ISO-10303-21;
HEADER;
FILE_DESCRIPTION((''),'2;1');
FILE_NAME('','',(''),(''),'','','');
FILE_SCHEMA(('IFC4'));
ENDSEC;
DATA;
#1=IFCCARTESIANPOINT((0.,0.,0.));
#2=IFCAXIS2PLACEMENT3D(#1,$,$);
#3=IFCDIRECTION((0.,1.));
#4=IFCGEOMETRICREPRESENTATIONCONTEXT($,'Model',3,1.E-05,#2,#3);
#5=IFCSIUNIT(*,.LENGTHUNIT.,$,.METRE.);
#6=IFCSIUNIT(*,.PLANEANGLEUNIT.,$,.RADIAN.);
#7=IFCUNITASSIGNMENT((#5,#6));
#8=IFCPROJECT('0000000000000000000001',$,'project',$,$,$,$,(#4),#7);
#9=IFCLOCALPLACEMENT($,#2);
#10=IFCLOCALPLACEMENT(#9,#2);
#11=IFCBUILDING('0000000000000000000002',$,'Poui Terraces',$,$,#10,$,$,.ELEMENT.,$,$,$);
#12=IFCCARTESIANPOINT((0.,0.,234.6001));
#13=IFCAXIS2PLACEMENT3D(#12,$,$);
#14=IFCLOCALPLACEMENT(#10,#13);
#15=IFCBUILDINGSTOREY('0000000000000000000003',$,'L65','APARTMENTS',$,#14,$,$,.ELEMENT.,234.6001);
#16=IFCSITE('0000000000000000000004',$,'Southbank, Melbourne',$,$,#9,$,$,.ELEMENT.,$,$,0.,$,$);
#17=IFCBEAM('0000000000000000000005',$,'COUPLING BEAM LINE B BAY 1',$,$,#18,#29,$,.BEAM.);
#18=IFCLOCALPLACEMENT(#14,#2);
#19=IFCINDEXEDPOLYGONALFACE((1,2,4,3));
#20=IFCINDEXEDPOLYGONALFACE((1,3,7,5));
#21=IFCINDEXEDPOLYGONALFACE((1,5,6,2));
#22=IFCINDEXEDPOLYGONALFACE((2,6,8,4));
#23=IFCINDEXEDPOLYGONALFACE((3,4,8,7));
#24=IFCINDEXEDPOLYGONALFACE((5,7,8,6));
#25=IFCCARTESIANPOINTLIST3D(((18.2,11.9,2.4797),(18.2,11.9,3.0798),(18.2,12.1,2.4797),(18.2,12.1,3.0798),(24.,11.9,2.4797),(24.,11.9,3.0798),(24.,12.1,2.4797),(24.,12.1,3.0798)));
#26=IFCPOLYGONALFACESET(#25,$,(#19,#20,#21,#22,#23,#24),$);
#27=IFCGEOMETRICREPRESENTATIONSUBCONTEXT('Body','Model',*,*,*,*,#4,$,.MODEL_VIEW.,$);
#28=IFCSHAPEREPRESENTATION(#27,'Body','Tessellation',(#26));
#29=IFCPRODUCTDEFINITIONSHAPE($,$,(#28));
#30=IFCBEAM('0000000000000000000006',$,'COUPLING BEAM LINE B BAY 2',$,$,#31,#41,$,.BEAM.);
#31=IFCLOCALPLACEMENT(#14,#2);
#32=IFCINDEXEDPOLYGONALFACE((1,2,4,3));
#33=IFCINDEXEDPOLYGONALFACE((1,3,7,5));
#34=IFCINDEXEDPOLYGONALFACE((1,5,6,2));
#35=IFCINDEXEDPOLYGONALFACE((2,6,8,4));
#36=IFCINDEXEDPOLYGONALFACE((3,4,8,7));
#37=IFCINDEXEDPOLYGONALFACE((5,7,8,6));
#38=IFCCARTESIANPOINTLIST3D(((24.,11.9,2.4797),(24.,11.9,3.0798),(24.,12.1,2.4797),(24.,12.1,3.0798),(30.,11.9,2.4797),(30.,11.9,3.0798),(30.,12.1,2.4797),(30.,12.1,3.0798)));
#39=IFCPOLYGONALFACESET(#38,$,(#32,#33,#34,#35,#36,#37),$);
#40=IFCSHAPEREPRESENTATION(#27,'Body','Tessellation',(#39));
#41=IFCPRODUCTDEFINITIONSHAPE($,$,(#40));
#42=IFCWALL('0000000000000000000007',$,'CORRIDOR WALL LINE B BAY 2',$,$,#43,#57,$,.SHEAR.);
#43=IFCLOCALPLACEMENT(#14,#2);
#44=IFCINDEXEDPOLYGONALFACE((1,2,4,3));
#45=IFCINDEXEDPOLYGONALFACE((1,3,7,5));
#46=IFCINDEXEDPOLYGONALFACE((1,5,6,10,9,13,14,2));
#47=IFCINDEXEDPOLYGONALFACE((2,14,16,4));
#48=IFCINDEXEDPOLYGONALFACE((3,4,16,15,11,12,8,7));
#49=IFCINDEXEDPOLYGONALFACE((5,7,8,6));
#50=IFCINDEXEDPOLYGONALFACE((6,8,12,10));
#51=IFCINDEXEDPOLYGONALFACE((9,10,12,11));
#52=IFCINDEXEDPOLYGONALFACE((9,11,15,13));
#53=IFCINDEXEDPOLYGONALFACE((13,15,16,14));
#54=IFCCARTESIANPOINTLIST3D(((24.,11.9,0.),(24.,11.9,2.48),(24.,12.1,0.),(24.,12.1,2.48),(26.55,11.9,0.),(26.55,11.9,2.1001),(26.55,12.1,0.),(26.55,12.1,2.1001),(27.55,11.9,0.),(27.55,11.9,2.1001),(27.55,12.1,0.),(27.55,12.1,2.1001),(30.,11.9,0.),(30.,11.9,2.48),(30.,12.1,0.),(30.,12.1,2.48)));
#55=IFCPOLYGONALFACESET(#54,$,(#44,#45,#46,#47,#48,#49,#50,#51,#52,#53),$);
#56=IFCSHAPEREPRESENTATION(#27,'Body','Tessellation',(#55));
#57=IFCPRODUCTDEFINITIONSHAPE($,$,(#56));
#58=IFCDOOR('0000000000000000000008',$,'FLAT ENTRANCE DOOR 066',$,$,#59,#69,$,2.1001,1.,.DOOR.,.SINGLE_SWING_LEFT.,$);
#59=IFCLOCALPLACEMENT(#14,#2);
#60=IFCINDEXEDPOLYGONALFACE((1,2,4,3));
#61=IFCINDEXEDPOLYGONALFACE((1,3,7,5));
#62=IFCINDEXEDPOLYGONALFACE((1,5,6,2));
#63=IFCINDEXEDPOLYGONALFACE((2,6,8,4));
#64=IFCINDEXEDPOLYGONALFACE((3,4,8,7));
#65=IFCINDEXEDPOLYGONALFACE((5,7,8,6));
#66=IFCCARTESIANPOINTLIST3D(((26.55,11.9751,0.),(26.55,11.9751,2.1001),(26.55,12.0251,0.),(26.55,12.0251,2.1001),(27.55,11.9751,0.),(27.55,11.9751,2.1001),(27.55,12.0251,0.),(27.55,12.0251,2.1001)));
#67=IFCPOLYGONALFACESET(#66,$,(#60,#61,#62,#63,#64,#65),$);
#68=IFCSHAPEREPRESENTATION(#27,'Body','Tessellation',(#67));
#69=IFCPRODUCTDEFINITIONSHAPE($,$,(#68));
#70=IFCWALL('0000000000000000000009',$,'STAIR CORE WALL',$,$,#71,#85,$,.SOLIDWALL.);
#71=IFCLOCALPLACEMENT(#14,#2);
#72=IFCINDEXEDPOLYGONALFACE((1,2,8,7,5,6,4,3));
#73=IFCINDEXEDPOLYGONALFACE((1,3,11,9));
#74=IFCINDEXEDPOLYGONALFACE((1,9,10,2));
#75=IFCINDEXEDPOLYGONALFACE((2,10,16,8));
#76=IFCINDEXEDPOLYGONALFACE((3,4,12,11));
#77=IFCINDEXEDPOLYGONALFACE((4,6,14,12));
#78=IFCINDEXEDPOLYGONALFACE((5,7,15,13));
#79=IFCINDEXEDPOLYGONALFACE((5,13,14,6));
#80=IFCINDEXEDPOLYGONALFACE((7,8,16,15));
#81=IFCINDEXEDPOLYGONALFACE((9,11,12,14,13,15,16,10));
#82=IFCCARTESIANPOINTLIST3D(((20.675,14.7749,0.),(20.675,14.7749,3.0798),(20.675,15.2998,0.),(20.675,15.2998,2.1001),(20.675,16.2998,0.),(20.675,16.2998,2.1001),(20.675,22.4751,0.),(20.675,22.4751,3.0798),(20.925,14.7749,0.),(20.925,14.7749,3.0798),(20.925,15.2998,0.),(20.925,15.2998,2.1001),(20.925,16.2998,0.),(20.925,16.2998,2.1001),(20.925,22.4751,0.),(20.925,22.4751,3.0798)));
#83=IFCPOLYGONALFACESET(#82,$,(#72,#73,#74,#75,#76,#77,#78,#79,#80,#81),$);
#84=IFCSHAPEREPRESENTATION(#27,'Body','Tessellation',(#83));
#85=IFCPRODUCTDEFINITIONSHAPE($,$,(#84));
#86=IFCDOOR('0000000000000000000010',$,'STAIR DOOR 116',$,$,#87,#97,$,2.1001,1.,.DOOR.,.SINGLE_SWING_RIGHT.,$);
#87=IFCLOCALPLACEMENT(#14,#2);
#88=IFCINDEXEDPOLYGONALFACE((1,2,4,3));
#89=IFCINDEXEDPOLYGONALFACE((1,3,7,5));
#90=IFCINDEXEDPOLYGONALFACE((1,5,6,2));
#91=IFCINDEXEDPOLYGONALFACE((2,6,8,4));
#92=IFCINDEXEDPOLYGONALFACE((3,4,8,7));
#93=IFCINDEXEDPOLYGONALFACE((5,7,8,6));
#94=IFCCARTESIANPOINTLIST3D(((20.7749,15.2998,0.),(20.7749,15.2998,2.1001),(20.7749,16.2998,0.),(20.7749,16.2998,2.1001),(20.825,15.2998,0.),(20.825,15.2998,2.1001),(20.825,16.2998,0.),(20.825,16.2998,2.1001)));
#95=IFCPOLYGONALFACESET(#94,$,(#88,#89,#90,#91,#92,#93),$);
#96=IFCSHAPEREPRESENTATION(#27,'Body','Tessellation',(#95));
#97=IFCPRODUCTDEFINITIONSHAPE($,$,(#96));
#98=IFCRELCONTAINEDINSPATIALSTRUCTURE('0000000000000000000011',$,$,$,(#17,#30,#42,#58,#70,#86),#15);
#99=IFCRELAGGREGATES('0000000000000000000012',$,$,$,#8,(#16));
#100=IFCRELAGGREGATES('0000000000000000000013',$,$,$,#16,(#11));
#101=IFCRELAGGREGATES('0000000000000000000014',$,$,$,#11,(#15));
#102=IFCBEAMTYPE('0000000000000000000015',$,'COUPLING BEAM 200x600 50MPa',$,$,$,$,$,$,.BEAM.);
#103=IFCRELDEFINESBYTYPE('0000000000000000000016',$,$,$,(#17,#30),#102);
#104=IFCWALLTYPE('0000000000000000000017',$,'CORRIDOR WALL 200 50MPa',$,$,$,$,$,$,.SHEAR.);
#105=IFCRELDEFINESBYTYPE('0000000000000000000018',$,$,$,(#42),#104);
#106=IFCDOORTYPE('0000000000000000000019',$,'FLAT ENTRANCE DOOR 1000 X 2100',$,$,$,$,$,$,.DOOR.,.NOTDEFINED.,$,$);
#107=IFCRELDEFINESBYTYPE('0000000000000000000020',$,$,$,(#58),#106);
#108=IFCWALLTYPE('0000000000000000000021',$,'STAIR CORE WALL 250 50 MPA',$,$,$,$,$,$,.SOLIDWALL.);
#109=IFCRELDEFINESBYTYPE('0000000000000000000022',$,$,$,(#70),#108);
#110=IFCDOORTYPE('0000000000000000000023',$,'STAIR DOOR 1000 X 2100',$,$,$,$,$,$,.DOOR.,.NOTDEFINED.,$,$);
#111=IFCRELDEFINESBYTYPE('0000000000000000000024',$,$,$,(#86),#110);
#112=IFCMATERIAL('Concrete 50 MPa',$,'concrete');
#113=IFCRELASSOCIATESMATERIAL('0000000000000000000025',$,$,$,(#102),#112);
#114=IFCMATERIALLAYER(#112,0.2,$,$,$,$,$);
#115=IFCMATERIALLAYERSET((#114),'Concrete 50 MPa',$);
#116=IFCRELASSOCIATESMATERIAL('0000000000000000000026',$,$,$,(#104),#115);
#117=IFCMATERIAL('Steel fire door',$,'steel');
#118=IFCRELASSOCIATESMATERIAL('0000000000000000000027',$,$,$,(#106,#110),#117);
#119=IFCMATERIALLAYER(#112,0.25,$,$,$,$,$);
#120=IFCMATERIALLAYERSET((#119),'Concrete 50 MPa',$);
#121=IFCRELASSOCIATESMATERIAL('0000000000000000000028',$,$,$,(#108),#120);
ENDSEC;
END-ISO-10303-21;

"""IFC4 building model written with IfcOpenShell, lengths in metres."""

from ifc_helpers import new_model, si_unit, direction, frame, frame_2d, origin, origin_2d, place, context, subcontext, project, spatial, rectangle, extrude, source, transform, mapped, material, layer, layer_set, material_profile, profile_set, type_object, element, fill, save


model = new_model("IFC4")

# Units and contexts
model_context = context("Model", 3, precision=1e-05, world=origin(), true_north=direction((0.0, 1.0)))
body_context = subcontext(model_context, "Body", "Model", "MODEL_VIEW")
ifc_project = project(units=[si_unit("LENGTHUNIT", "METRE"), si_unit("PLANEANGLEUNIT", "RADIAN")], contexts=[model_context])

# Site, building, storey
site_placement = place(None, origin())
site = spatial("IfcSite", under=ifc_project, at=site_placement, Name="Southbank, Melbourne", CompositionType="ELEMENT", RefElevation=0.0)
building_placement = place(site_placement, origin())
building = spatial("IfcBuilding", under=site, at=building_placement, Name="Poui Terraces", CompositionType="ELEMENT")
storey_placement = place(building_placement, frame((0.0, 0.0, 234.6001)))
storey = spatial("IfcBuildingStorey", under=building, at=storey_placement, Name="L65", Description="APARTMENTS", CompositionType="ELEMENT", Elevation=234.6001)

# Beams
ifc_material_1 = material(Name="Concrete 50 MPa", Category="concrete")
ifc_material_profile = material_profile(ifc_material_1, rectangle(XDim=0.2, YDim=0.6001, at=origin_2d()), Name="RC 200x600")
ifc_profile_set = profile_set([ifc_material_profile], Name="Concrete 50 MPa")
beam_type = type_object("IfcBeamType", Name="COUPLING BEAM 200x600 50MPa", PredefinedType="BEAM", material=ifc_profile_set)
shared_shape_1 = source(origin(), body_context, "Body", "SweptSolid", [
    extrude(rectangle(XDim=0.2, YDim=0.6001, at=origin_2d()), origin(), (0.0, 0.0, 1.0), 5.8),
])
beam_1_placement = place(storey_placement, frame((18.2, 12.0, 2.7798), z_axis=(1.0, 0.0, 0.0), x_axis=(0.0, 1.0, 0.0)))
element("IfcBeam", 1, at=beam_1_placement, inside=storey, type_object=beam_type, Name="COUPLING BEAM LINE B BAY 1", PredefinedType="BEAM", context=body_context, shape_type="MappedRepresentation", body=[
    mapped(shared_shape_1, transform((0.0, 0.0, 0.0))),
])
shared_shape_2 = source(origin(), body_context, "Body", "SweptSolid", [
    extrude(rectangle(XDim=0.2, YDim=0.6001, at=origin_2d()), origin(), (0.0, 0.0, 1.0), 6.0),
])
beam_2_placement = place(storey_placement, frame((24.0, 12.0, 2.7798), z_axis=(1.0, 0.0, 0.0), x_axis=(0.0, 1.0, 0.0)))
element("IfcBeam", 2, at=beam_2_placement, inside=storey, type_object=beam_type, Name="COUPLING BEAM LINE B BAY 2", PredefinedType="BEAM", context=body_context, shape_type="MappedRepresentation", body=[
    mapped(shared_shape_2, transform((0.0, 0.0, 0.0))),
])

# Wall, opening, door
ifc_layer_1 = layer(ifc_material_1, 0.2)
ifc_layer_set_1 = layer_set([ifc_layer_1], Name="Concrete 50 MPa")
wall_type_1 = type_object("IfcWallType", Name="CORRIDOR WALL 200 50MPa", PredefinedType="SHEAR", material=ifc_layer_set_1)
wall_1_placement = place(storey_placement, frame((24.0, 12.0, 0.0), z_axis=(0.0, 0.0, 1.0), x_axis=(1.0, 0.0, 0.0)))
wall_1 = element("IfcWall", 3, at=wall_1_placement, inside=storey, type_object=wall_type_1, Name="CORRIDOR WALL LINE B BAY 2", PredefinedType="SHEAR", context=body_context, shape_type="SweptSolid", body=[
    extrude(rectangle(XDim=6.0, YDim=0.2, at=frame_2d((3.0, 0.0))), origin(), (0.0, 0.0, 1.0), 2.48),
])
opening_1_placement = place(wall_1_placement, frame((2.55, 0.0, 0.0)))
opening_1 = element("IfcOpeningElement", 4, at=opening_1_placement, cuts=wall_1, PredefinedType="OPENING", context=body_context, shape_type="SweptSolid", body=[
    extrude(rectangle(XDim=1.0, YDim=2.1001, at=frame_2d((0.5, 1.05))), frame((0.0, 0.1099, 0.0), z_axis=(0.0, -1.0, 0.0), x_axis=(1.0, 0.0, 0.0)), (0.0, 0.0, 1.0), 0.22),
])
ifc_material_2 = material(Name="Steel fire door", Category="steel")
door_type_1 = type_object("IfcDoorType", Name="FLAT ENTRANCE DOOR 1000 X 2100", OperationType="NOTDEFINED", PredefinedType="DOOR", material=ifc_material_2)
door_1_placement = place(opening_1_placement, frame((1.0, 0.0, 0.0), z_axis=(0.0, 0.0, 1.0), x_axis=(-1.0, 0.0, 0.0)))
door_1 = element("IfcDoor", 5, at=door_1_placement, inside=storey, type_object=door_type_1, Name="FLAT ENTRANCE DOOR 066", OperationType="SINGLE_SWING_LEFT", OverallHeight=2.1001, OverallWidth=1.0, PredefinedType="DOOR", context=body_context, shape_type="SweptSolid", body=[
    extrude(rectangle(XDim=1.0, YDim=2.1001, at=frame_2d((0.5, 1.05))), frame((0.0, 0.0249, 0.0), z_axis=(0.0, -1.0, 0.0), x_axis=(1.0, 0.0, 0.0)), (0.0, 0.0, 1.0), 0.05),
])
fill(opening_1, door_1)

# Shared definitions
door_type_2 = type_object("IfcDoorType", Name="STAIR DOOR 1000 X 2100", OperationType="NOTDEFINED", PredefinedType="DOOR", material=ifc_material_2)

# Wall, opening, door
ifc_layer_2 = layer(ifc_material_1, 0.25)
ifc_layer_set_2 = layer_set([ifc_layer_2], Name="Concrete 50 MPa")
wall_type_2 = type_object("IfcWallType", Name="STAIR CORE WALL 250 50 MPA", PredefinedType="SOLIDWALL", material=ifc_layer_set_2)
wall_2_placement = place(storey_placement, frame((20.8, 14.7749, 0.0), z_axis=(0.0, 0.0, 1.0), x_axis=(0.0, 1.0, 0.0)))
wall_2 = element("IfcWall", 6, at=wall_2_placement, inside=storey, type_object=wall_type_2, Name="STAIR CORE WALL", PredefinedType="SOLIDWALL", context=body_context, shape_type="SweptSolid", body=[
    extrude(rectangle(XDim=7.7002, YDim=0.25, at=frame_2d((3.8501, 0.0))), origin(), (0.0, 0.0, 1.0), 3.0798),
])
opening_2_placement = place(wall_2_placement, frame((0.5249, 0.0, 0.0)))
opening_2 = element("IfcOpeningElement", 7, at=opening_2_placement, cuts=wall_2, PredefinedType="OPENING", context=body_context, shape_type="SweptSolid", body=[
    extrude(rectangle(XDim=1.0, YDim=2.1001, at=frame_2d((0.5, 1.05))), frame((0.0, 0.135, 0.0), z_axis=(0.0, -1.0, 0.0), x_axis=(1.0, 0.0, 0.0)), (0.0, 0.0, 1.0), 0.27),
])
door_2_placement = place(opening_2_placement, frame((1.0, 0.0, 0.0), z_axis=(0.0, 0.0, 1.0), x_axis=(-1.0, 0.0, 0.0)))
door_2 = element("IfcDoor", 8, at=door_2_placement, inside=storey, type_object=door_type_2, Name="STAIR DOOR 116", OperationType="SINGLE_SWING_RIGHT", OverallHeight=2.1001, OverallWidth=1.0, PredefinedType="DOOR", context=body_context, shape_type="SweptSolid", body=[
    extrude(rectangle(XDim=1.0, YDim=2.1001, at=frame_2d((0.5, 1.05))), frame((0.0, 0.0249, 0.0), z_axis=(0.0, -1.0, 0.0), x_axis=(1.0, 0.0, 0.0)), (0.0, 0.0, 1.0), 0.05),
])
fill(opening_2, door_2)

save(model, "model.ifc")
